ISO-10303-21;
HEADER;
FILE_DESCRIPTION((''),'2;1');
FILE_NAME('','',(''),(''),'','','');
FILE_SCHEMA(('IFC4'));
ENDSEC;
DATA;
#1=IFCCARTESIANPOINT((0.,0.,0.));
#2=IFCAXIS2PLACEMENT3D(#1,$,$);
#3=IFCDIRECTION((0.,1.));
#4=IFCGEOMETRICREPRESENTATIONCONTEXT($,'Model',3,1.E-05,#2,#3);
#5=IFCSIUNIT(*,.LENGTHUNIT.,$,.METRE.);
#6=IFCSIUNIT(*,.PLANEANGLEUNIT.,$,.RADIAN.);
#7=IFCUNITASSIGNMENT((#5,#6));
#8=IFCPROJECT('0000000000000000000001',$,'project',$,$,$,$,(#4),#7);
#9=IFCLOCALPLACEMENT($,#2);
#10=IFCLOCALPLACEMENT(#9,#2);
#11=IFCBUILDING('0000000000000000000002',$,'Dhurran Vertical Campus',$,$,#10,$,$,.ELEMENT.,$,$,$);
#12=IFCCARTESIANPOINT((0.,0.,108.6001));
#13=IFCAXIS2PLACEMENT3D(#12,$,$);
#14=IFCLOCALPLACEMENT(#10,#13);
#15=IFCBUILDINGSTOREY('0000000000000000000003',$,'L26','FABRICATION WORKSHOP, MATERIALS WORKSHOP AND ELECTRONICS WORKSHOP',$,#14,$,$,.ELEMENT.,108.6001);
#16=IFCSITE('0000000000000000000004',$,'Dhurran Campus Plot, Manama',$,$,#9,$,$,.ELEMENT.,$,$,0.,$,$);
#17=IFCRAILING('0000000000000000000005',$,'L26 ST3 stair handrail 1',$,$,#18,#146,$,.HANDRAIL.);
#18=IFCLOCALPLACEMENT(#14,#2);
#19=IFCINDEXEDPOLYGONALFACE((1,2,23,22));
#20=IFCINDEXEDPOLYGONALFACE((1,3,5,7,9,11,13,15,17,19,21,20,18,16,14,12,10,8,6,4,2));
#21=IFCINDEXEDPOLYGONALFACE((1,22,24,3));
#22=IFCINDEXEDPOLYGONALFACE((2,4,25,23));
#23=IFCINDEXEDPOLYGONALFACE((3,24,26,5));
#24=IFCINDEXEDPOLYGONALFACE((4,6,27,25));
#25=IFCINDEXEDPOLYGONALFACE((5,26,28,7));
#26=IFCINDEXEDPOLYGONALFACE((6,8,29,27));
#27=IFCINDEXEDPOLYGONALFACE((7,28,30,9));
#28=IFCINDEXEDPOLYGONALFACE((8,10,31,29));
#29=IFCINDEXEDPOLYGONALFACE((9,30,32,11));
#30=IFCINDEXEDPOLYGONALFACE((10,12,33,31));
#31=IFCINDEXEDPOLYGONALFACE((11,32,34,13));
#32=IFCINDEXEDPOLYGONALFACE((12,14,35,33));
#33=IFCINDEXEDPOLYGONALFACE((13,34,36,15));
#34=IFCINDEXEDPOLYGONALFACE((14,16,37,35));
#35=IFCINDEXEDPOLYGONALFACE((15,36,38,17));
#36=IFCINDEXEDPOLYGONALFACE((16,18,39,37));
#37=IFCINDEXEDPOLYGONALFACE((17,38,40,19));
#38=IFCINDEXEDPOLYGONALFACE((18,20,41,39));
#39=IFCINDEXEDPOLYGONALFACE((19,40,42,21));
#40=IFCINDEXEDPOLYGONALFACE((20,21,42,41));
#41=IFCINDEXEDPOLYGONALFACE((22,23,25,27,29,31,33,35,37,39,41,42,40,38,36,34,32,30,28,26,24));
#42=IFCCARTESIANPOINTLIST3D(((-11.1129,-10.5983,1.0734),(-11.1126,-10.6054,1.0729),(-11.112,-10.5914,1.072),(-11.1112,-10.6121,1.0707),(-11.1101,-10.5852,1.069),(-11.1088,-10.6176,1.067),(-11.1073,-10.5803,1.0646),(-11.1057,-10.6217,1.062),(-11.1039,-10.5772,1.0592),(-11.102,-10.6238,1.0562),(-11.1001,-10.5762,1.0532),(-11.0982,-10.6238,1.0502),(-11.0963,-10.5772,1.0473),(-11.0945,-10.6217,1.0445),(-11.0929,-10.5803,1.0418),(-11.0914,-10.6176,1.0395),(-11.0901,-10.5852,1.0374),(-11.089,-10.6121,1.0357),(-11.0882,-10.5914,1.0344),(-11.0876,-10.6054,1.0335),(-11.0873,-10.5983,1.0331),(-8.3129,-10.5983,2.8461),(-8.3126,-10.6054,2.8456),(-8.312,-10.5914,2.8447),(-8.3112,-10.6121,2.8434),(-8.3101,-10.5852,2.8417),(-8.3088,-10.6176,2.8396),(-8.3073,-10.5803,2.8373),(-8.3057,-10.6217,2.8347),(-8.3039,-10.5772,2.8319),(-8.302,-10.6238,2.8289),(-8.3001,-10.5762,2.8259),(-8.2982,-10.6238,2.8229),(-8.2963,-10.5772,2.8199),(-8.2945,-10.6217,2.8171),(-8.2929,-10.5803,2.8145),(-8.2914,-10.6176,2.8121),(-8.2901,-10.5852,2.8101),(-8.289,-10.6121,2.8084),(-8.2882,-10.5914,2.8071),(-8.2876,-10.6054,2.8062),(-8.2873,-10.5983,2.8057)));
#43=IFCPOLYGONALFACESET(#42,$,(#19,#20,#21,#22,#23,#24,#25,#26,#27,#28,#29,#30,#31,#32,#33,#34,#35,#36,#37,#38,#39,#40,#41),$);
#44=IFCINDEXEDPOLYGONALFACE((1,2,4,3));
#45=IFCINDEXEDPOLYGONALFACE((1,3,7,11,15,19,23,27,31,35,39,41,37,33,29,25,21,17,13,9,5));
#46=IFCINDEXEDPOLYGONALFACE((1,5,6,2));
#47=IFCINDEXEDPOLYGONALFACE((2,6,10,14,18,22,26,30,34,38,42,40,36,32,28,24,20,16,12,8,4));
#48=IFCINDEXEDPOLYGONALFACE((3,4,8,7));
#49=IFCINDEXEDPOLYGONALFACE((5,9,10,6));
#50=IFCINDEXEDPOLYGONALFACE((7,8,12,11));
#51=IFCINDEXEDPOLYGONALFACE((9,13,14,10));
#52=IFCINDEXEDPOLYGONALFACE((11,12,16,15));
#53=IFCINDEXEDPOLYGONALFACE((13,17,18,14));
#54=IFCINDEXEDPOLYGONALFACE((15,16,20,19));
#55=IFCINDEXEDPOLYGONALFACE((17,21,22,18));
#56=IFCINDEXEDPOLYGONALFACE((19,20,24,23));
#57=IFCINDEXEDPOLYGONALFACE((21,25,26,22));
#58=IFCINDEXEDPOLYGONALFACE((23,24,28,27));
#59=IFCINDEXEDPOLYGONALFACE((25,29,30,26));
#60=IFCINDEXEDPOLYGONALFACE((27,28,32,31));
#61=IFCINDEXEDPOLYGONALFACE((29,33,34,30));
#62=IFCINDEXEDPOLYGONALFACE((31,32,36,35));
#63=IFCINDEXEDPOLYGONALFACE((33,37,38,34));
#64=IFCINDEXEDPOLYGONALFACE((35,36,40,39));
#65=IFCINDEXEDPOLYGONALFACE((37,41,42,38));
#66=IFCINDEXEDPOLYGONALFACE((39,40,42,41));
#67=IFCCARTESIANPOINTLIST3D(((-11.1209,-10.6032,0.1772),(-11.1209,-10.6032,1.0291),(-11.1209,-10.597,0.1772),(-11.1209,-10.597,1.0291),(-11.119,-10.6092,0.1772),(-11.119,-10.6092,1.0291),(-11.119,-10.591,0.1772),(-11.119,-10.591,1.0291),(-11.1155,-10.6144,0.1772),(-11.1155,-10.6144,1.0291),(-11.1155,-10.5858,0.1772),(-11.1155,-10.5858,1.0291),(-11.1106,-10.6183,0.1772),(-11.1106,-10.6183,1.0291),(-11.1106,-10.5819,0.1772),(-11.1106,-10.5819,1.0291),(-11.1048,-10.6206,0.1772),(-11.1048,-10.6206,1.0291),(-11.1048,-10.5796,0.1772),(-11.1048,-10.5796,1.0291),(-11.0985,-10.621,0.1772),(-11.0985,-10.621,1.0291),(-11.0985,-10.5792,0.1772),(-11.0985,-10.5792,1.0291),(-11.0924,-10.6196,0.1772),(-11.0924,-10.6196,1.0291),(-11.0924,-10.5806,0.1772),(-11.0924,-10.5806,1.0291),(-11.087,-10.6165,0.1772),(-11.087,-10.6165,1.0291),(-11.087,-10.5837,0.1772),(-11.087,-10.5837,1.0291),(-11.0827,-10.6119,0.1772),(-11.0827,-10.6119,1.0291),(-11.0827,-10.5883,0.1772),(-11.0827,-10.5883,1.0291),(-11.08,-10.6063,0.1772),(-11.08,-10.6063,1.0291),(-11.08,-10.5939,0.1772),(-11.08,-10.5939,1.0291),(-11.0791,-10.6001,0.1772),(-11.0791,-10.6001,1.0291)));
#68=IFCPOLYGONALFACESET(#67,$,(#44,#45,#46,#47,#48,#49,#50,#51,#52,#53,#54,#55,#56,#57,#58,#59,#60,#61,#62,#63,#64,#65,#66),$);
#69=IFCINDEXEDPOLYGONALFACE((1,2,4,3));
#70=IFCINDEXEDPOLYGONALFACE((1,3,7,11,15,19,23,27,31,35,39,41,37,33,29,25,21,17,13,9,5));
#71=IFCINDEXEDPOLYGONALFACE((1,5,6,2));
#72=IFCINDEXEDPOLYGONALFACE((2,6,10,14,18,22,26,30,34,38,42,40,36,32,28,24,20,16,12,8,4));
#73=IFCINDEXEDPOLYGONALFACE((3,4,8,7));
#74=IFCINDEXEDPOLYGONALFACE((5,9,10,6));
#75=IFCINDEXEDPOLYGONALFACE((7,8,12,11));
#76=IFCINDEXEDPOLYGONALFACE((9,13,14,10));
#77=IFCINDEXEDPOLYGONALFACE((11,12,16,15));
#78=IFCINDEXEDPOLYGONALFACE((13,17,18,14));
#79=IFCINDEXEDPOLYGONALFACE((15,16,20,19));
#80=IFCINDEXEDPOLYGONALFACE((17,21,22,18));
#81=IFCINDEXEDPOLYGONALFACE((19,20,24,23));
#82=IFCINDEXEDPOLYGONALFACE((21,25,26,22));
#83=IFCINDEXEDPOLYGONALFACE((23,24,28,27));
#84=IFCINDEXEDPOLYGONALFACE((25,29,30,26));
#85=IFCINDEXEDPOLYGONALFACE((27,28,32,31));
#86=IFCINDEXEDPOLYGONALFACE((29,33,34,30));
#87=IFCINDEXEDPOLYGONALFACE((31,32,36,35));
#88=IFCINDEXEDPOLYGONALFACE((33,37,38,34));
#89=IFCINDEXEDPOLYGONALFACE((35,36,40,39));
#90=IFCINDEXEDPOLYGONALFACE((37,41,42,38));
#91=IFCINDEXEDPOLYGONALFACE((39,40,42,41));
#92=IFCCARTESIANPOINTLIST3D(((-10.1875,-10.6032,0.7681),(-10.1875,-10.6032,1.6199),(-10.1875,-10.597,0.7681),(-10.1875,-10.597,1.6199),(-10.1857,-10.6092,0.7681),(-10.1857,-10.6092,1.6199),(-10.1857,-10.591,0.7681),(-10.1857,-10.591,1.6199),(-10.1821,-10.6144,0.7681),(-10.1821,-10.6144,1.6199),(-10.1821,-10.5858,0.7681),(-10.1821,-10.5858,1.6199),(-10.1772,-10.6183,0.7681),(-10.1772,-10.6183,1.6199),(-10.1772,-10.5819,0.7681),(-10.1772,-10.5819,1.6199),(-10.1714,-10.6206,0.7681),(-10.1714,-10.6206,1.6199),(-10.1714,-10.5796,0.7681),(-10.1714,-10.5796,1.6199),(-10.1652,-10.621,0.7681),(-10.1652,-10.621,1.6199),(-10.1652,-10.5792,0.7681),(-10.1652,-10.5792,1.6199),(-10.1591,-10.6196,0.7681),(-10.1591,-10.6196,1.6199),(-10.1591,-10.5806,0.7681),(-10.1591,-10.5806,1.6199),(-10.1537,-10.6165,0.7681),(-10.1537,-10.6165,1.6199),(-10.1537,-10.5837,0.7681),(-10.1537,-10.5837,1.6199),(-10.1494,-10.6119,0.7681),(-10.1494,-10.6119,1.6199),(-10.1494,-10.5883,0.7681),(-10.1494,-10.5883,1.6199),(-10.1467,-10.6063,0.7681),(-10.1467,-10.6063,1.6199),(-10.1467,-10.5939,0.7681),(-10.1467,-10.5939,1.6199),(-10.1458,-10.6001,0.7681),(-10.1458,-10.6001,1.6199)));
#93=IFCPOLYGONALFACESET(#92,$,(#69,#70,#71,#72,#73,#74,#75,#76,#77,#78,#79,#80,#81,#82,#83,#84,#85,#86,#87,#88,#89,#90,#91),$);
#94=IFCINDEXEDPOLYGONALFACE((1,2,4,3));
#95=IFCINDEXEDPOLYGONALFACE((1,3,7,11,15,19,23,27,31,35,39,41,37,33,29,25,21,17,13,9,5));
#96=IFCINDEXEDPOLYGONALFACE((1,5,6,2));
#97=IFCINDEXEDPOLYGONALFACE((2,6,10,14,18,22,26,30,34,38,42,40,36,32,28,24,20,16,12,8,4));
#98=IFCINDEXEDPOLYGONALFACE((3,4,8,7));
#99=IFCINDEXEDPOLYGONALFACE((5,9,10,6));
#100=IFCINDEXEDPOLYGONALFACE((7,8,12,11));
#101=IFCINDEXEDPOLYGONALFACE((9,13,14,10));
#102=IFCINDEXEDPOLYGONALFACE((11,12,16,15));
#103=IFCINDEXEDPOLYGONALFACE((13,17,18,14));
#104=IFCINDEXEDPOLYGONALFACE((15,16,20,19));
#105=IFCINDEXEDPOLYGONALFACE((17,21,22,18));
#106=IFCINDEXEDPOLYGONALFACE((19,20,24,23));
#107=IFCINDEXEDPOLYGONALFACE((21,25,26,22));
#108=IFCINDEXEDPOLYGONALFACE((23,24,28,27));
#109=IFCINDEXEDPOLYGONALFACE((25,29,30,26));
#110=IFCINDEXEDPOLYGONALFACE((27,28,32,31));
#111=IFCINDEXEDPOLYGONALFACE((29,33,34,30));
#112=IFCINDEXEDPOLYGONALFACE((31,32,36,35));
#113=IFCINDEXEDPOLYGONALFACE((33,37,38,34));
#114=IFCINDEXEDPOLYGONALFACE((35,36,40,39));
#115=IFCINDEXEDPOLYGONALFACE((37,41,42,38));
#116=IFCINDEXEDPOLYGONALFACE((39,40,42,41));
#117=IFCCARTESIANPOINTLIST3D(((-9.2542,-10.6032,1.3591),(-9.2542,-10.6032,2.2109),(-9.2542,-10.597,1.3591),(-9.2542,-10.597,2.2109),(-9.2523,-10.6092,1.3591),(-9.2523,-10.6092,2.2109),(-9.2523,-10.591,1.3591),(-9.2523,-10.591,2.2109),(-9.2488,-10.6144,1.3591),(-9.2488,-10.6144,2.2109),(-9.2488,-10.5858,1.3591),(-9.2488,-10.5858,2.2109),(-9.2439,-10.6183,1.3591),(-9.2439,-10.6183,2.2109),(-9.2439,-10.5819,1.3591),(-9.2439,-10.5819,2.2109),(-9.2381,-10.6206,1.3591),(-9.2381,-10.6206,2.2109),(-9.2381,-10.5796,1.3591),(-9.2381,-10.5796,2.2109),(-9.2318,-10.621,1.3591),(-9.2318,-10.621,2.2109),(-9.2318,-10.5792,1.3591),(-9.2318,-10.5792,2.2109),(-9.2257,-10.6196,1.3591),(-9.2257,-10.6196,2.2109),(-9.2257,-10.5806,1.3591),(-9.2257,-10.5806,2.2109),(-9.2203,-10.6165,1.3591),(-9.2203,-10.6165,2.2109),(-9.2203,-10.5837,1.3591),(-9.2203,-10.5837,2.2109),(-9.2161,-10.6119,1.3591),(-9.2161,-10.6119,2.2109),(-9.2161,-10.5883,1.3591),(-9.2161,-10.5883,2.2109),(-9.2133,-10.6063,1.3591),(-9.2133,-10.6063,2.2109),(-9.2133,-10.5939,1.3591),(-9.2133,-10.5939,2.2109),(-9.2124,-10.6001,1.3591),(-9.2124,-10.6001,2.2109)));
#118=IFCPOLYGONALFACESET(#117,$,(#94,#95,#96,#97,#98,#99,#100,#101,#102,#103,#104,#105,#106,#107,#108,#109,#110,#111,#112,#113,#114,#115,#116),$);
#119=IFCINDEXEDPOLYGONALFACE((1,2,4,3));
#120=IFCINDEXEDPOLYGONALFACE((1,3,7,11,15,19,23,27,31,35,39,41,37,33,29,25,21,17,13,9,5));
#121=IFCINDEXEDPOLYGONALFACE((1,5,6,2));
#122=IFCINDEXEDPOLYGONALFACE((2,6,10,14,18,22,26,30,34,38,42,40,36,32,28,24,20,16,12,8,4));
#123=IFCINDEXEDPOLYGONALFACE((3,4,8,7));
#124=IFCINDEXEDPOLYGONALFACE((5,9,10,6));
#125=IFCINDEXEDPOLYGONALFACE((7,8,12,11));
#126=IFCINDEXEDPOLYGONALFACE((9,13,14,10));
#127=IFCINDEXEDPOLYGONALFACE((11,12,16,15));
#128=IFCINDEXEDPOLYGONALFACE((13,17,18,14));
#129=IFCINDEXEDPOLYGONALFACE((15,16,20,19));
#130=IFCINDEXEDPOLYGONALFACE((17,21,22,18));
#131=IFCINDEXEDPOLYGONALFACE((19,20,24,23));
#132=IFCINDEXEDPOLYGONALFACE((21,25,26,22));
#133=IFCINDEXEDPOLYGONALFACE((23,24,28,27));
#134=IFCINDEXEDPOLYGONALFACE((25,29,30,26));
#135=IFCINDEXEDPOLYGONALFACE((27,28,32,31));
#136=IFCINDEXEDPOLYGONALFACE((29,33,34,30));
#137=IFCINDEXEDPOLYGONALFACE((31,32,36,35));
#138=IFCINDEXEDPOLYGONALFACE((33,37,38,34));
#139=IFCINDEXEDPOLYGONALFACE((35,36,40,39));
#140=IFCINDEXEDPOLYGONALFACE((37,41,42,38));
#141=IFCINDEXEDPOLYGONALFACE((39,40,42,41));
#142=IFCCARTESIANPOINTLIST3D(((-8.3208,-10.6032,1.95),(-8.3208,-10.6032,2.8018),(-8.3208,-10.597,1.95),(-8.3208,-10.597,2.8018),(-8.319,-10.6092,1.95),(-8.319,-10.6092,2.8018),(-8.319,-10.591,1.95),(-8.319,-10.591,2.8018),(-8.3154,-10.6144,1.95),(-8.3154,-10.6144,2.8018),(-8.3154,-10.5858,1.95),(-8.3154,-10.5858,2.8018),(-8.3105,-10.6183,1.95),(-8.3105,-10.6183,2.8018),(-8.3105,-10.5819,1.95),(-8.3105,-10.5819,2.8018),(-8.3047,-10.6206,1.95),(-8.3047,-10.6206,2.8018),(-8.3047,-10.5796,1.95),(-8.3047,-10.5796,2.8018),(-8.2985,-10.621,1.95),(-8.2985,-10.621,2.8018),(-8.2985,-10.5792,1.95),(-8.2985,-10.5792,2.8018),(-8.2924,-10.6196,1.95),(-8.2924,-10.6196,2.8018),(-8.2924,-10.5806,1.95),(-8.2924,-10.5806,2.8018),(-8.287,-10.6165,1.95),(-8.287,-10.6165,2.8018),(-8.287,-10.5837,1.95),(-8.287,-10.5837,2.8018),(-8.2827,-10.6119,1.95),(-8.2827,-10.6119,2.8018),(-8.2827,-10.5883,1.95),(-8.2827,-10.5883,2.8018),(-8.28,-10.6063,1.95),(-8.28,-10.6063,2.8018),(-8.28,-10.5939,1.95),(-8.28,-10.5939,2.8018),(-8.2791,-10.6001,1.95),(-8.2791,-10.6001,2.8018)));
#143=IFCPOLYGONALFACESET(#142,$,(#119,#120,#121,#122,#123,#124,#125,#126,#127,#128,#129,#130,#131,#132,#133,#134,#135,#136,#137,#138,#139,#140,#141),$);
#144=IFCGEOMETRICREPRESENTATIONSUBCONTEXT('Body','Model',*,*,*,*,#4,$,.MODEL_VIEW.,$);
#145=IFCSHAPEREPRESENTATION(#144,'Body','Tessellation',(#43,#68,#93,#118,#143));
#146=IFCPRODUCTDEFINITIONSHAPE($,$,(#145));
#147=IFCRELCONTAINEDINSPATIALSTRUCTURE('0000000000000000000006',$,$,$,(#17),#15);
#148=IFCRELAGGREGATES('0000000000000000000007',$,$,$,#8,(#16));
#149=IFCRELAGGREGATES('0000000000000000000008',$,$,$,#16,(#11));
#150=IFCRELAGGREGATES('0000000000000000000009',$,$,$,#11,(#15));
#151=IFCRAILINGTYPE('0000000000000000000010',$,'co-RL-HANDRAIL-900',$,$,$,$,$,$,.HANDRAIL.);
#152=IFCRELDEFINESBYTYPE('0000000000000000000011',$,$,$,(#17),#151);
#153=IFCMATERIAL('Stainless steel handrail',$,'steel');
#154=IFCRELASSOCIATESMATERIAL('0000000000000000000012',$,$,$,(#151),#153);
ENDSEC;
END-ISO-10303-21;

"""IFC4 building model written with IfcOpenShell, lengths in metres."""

from ifc_helpers import new_model, si_unit, direction, frame, origin, origin_2d, place, context, subcontext, project, spatial, circle, extrude, material, type_object, element, save


model = new_model("IFC4")

# Units and contexts
model_context = context("Model", 3, precision=1e-05, world=origin(), true_north=direction((0.0, 1.0)))
body_context = subcontext(model_context, "Body", "Model", "MODEL_VIEW")
ifc_project = project(units=[si_unit("LENGTHUNIT", "METRE"), si_unit("PLANEANGLEUNIT", "RADIAN")], contexts=[model_context])

# Site, building, storey
site_placement = place(None, origin())
site = spatial("IfcSite", under=ifc_project, at=site_placement, Name="Dhurran Campus Plot, Manama", CompositionType="ELEMENT", RefElevation=0.0)
building_placement = place(site_placement, origin())
building = spatial("IfcBuilding", under=site, at=building_placement, Name="Dhurran Vertical Campus", CompositionType="ELEMENT")
storey_placement = place(building_placement, frame((0.0, 0.0, 108.6001)))
storey = spatial("IfcBuildingStorey", under=building, at=storey_placement, Name="L26", Description="FABRICATION WORKSHOP, MATERIALS WORKSHOP AND ELECTRONICS WORKSHOP", CompositionType="ELEMENT", Elevation=108.6001)

# Railing
ifc_material_1 = material(Name="Stainless steel handrail", Category="steel")
railing_type_1 = type_object("IfcRailingType", Name="co-RL-HANDRAIL-900", PredefinedType="HANDRAIL", material=ifc_material_1)
railing_1_placement = place(storey_placement, frame((-11.1001, -10.6001, 0.1772)))
element("IfcRailing", 1, at=railing_1_placement, inside=storey, type_object=railing_type_1, Name="L26 ST3 stair handrail 1", PredefinedType="HANDRAIL", context=body_context, shape_type="SweptSolid", body=[
    extrude(circle(Radius=0.0239, at=origin_2d()), frame((0.0, 0.0, 0.876), z_axis=(0.844909, 0.0, 0.53491), x_axis=(0.0, 1.0, 0.0)), (0.0, 0.0, 1.0), 3.314),
    extrude(circle(Radius=0.021, at=origin_2d()), origin(), (0.0, 0.0, 1.0), 0.8518),
    extrude(circle(Radius=0.021, at=origin_2d()), frame((0.9333, 0.0, 0.5908)), (0.0, 0.0, 1.0), 0.8518),
    extrude(circle(Radius=0.021, at=origin_2d()), frame((1.8667, 0.0, 1.1819)), (0.0, 0.0, 1.0), 0.8518),
    extrude(circle(Radius=0.021, at=origin_2d()), frame((2.8, 0.0, 1.7727)), (0.0, 0.0, 1.0), 0.8518),
])

save(model, "model.ifc")
